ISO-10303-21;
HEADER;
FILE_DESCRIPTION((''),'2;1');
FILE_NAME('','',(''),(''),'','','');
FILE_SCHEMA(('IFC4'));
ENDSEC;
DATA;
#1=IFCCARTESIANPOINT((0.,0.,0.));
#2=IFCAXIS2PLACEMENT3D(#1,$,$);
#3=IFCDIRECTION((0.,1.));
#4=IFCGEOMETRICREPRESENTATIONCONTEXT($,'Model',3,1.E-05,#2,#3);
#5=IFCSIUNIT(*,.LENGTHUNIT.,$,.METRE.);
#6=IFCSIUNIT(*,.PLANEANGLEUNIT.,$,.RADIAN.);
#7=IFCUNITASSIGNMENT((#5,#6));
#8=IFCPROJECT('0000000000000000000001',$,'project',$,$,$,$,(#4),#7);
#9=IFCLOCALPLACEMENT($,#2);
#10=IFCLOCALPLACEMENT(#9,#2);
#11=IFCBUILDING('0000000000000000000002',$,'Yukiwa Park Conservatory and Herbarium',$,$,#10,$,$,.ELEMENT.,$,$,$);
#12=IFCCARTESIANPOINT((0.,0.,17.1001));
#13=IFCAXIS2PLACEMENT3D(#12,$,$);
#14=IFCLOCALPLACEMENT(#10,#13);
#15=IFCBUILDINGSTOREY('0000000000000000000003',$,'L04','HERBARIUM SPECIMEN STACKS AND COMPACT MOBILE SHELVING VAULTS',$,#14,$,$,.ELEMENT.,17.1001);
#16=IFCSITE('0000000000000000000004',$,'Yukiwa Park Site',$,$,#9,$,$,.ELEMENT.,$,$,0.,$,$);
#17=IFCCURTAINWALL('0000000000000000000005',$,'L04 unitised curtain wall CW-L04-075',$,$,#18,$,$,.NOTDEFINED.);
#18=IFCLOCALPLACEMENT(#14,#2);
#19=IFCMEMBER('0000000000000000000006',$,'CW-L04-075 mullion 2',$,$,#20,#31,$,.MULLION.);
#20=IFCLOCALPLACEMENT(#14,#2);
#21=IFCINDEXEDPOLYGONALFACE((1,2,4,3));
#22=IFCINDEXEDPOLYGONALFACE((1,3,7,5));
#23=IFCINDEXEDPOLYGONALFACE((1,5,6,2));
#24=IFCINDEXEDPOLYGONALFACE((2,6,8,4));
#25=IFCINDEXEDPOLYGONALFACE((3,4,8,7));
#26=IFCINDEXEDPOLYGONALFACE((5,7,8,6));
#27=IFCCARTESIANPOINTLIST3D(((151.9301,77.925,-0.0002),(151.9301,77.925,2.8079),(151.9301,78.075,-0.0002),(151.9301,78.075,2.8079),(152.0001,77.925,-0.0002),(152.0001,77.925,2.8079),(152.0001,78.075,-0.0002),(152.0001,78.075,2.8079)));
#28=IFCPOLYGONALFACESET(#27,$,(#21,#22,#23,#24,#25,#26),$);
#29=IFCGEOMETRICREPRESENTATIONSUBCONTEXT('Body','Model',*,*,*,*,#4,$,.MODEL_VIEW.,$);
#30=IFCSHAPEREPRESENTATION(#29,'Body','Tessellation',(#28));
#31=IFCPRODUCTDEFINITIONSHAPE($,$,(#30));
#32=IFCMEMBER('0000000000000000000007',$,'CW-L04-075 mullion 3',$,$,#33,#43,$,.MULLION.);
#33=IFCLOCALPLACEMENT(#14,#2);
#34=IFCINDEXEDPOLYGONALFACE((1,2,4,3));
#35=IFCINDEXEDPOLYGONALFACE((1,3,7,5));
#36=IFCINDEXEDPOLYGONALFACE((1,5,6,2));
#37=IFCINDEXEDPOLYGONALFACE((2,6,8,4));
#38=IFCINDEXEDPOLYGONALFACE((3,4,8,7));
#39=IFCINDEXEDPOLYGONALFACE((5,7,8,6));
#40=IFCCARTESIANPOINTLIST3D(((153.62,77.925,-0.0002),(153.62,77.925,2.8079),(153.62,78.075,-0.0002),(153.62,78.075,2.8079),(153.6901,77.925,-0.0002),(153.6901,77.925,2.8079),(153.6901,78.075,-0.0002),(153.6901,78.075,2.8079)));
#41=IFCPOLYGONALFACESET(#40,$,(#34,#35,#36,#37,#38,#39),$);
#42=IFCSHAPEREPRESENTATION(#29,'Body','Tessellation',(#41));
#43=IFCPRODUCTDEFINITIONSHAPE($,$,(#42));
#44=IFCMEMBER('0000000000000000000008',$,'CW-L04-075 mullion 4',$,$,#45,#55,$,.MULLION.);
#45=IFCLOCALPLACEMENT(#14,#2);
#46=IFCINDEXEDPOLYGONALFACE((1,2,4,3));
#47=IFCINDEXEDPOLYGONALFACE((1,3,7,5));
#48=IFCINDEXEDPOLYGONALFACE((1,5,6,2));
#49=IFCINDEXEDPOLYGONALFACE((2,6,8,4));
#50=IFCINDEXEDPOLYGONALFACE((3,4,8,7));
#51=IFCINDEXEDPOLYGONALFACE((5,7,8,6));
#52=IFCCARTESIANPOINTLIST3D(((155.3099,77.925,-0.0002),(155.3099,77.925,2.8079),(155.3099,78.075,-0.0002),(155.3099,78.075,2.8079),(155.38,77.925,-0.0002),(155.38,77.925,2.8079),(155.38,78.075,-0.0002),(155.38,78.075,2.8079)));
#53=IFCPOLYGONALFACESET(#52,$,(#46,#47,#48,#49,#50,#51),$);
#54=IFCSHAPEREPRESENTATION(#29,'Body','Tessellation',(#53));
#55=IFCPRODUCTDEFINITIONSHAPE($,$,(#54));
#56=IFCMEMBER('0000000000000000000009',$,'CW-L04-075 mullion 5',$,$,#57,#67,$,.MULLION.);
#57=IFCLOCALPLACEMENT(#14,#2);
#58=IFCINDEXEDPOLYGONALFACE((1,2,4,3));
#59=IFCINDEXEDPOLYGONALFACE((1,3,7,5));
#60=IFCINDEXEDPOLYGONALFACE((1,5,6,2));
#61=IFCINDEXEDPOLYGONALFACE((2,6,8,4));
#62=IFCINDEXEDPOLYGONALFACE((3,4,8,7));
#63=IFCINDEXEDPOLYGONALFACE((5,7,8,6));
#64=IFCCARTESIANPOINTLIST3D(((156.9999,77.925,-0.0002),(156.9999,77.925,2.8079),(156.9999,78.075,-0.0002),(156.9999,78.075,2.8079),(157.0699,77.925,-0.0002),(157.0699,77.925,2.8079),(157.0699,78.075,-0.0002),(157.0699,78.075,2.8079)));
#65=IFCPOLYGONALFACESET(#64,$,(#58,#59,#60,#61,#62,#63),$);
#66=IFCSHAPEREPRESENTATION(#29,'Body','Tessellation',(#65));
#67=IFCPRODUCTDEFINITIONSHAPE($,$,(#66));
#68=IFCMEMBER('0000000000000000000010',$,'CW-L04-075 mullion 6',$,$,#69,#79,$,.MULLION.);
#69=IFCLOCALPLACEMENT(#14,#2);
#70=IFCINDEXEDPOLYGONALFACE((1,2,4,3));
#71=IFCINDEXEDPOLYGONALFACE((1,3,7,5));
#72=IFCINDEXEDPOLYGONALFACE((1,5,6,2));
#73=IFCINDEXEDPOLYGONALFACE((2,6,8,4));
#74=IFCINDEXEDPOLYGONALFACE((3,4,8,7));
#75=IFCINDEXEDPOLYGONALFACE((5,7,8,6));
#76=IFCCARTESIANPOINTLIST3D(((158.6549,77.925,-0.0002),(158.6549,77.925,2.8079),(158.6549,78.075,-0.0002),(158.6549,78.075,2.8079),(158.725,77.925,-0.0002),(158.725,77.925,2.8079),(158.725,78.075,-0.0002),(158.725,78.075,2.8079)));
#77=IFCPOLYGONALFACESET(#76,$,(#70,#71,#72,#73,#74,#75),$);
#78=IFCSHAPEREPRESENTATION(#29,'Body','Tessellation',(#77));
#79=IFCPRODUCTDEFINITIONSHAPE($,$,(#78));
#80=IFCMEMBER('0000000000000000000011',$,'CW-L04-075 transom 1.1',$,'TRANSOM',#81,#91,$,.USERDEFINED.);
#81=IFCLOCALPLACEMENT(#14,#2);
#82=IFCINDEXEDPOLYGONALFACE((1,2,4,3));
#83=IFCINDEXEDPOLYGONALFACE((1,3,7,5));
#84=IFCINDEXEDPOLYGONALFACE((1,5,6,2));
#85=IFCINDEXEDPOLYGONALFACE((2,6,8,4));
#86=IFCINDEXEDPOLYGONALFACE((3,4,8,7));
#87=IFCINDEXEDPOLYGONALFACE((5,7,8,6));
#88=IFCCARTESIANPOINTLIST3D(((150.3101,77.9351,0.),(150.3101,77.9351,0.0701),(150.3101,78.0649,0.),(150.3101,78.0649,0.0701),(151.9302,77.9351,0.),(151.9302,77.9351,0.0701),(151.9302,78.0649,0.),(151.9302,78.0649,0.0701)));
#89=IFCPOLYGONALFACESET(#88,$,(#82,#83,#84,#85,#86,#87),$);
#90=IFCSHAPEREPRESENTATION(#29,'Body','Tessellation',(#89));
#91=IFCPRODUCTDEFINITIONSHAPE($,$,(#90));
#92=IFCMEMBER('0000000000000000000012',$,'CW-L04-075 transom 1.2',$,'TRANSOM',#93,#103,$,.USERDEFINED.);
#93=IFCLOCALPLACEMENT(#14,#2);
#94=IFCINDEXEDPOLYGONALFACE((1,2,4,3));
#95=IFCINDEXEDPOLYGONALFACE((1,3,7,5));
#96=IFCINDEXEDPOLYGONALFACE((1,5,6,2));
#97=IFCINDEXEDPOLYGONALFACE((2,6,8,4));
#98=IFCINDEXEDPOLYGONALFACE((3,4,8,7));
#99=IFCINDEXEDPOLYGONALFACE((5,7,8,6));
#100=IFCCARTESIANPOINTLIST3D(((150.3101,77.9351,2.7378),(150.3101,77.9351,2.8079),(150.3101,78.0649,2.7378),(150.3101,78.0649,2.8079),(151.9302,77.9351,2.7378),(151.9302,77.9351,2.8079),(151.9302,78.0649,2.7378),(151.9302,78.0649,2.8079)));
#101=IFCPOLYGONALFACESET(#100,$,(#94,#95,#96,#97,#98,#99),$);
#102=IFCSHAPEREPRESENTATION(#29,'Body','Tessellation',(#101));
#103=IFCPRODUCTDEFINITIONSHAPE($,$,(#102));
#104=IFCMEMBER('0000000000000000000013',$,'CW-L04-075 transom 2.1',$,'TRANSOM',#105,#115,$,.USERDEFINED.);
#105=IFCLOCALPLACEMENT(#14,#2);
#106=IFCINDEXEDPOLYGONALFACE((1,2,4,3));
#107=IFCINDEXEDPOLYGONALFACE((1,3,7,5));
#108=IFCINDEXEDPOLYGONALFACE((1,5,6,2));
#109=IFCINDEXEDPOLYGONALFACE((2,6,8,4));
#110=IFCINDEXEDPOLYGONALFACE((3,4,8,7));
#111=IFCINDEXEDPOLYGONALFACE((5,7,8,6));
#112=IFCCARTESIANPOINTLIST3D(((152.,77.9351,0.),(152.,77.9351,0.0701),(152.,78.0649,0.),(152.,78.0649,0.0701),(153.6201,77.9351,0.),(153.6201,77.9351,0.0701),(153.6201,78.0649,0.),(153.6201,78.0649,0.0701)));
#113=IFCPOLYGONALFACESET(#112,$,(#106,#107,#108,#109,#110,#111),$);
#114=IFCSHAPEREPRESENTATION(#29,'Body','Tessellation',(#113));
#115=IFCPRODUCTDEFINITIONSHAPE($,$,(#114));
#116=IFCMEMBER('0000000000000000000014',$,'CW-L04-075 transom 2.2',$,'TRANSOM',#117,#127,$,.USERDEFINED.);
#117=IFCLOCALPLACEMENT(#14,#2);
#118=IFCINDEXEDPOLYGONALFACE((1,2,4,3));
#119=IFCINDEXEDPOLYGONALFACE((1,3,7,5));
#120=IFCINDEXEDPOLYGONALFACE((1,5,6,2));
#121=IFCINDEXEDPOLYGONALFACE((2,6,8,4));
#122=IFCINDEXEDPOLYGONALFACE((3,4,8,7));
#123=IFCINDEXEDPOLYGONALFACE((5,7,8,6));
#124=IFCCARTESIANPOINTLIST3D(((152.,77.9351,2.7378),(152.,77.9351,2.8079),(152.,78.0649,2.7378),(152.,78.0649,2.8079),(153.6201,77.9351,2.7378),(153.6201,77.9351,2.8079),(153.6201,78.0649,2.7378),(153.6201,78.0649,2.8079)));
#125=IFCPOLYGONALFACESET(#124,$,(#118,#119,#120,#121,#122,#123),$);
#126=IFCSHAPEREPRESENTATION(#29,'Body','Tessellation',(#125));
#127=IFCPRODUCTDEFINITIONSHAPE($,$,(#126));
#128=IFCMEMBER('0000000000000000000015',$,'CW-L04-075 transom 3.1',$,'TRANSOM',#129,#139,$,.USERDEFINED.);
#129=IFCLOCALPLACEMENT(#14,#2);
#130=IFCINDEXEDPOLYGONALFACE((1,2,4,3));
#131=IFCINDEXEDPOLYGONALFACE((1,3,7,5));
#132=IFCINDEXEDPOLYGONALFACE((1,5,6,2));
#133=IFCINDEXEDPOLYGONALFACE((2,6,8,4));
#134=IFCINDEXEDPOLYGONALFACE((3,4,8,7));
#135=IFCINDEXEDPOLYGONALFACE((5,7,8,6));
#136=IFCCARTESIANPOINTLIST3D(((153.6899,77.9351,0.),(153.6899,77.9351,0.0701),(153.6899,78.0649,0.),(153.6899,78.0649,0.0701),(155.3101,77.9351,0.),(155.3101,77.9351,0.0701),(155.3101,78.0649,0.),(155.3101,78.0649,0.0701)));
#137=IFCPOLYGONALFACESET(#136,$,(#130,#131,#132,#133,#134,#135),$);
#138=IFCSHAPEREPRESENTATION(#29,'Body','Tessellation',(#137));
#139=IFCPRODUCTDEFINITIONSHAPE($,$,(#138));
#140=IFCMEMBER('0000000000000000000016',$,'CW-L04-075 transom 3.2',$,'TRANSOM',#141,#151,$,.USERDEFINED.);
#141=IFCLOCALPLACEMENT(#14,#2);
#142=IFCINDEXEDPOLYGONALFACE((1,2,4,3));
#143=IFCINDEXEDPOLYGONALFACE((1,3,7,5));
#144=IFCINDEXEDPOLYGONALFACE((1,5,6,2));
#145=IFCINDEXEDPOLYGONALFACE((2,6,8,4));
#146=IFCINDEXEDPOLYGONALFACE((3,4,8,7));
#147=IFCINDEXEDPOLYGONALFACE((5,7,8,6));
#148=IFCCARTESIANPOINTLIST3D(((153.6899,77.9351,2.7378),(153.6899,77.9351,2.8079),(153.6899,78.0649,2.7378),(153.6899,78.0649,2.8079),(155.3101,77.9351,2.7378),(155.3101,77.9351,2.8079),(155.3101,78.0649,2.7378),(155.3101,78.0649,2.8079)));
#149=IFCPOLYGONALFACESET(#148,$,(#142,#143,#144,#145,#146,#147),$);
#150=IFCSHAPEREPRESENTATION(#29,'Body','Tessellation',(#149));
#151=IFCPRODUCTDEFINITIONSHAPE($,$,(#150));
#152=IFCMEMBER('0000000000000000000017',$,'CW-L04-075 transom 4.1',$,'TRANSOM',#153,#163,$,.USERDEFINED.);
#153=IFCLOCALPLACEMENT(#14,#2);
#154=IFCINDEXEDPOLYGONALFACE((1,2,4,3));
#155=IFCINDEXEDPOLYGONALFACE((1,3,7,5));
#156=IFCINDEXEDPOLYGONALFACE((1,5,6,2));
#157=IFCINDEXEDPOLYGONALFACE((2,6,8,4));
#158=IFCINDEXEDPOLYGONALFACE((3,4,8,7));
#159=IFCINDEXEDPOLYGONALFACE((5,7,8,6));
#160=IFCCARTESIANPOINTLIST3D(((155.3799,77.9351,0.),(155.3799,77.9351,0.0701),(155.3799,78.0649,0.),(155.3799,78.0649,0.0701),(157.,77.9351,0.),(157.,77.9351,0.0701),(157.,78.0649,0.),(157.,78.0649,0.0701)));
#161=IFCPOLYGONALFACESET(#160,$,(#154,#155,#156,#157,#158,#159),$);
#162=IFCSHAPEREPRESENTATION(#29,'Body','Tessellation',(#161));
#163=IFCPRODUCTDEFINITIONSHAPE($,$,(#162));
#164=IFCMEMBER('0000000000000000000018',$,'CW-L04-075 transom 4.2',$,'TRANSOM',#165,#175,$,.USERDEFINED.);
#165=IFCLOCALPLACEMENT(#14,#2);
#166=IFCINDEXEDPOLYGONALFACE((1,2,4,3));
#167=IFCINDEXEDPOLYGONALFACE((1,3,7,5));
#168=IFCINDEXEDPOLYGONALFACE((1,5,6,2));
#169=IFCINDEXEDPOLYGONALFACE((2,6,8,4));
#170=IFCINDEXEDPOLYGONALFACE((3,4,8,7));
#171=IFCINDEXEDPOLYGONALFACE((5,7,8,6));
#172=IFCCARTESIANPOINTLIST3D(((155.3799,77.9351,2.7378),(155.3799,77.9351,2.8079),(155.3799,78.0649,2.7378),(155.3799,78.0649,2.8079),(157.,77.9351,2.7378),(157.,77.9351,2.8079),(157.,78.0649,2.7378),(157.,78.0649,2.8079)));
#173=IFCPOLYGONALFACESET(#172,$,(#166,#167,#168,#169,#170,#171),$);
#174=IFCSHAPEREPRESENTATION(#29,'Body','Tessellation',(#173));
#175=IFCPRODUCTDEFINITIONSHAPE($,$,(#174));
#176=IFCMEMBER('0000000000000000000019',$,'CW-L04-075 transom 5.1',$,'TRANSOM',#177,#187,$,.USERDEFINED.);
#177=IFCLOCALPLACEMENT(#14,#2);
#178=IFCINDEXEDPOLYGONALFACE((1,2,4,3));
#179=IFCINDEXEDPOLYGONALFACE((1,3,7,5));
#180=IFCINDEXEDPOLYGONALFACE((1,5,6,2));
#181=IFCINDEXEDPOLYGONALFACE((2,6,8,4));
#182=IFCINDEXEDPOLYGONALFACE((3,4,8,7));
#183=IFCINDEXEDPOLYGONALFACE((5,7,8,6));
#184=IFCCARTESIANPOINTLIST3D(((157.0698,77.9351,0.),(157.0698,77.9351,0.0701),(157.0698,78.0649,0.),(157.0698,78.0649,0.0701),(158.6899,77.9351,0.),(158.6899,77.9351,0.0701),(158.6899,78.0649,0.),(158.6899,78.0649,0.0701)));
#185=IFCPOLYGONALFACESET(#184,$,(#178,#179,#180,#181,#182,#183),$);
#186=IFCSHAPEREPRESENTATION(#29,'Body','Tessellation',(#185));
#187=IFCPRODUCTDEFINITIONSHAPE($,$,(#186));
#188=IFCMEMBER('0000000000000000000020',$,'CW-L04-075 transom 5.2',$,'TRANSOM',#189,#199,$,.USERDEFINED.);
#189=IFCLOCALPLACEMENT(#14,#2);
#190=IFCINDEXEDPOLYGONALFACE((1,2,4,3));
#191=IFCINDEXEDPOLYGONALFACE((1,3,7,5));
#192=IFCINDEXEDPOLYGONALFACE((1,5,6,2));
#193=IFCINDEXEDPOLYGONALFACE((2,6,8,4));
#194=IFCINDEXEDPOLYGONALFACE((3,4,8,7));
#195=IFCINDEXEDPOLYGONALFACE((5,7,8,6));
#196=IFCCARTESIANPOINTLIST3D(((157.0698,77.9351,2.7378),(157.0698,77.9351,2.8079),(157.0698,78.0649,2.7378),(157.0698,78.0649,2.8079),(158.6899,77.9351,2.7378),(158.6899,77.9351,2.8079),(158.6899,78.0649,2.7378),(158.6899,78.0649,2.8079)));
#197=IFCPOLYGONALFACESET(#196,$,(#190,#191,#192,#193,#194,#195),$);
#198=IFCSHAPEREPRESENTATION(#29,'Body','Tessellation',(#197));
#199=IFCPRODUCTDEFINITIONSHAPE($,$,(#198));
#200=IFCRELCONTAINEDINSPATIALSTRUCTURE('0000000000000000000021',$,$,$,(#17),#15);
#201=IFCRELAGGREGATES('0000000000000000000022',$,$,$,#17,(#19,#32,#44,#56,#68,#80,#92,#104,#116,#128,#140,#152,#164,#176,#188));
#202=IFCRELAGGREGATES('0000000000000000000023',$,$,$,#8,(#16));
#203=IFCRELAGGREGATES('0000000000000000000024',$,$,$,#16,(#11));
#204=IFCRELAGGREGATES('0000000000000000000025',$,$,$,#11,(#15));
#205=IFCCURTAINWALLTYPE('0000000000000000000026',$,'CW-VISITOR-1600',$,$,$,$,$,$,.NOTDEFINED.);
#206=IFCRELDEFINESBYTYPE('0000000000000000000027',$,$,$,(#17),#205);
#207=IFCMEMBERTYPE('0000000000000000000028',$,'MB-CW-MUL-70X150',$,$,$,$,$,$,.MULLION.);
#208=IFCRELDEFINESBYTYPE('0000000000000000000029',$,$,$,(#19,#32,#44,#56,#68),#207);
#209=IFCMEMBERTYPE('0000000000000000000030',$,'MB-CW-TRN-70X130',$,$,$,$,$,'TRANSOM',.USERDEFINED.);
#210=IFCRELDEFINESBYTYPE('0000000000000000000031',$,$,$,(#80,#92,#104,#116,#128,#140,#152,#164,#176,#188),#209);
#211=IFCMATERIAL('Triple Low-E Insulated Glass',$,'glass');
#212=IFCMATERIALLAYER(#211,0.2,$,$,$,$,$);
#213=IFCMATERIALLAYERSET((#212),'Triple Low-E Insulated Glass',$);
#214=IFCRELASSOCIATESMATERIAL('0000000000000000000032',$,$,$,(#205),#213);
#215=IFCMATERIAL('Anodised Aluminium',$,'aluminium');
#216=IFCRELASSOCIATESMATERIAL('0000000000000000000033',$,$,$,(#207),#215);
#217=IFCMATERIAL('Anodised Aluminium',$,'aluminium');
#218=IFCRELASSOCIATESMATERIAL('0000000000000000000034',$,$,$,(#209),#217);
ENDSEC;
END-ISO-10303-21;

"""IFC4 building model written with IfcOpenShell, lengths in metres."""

from ifc_helpers import new_model, si_unit, direction, frame, origin, origin_2d, place, context, subcontext, project, spatial, rectangle, extrude, material, layer, layer_set, type_object, element, aggregate, save


model = new_model("IFC4")

# Units and contexts
model_context = context("Model", 3, precision=1e-05, world=origin(), true_north=direction((0.0, 1.0)))
body_context = subcontext(model_context, "Body", "Model", "MODEL_VIEW")
ifc_project = project(units=[si_unit("LENGTHUNIT", "METRE"), si_unit("PLANEANGLEUNIT", "RADIAN")], contexts=[model_context])

# Site, building, storey
site_placement = place(None, origin())
site = spatial("IfcSite", under=ifc_project, at=site_placement, Name="Yukiwa Park Site", CompositionType="ELEMENT", RefElevation=0.0)
building_placement = place(site_placement, origin())
building = spatial("IfcBuilding", under=site, at=building_placement, Name="Yukiwa Park Conservatory and Herbarium", CompositionType="ELEMENT")
storey_placement = place(building_placement, frame((0.0, 0.0, 17.1001)))
storey = spatial("IfcBuildingStorey", under=building, at=storey_placement, Name="L04", Description="HERBARIUM SPECIMEN STACKS AND COMPACT MOBILE SHELVING VAULTS", CompositionType="ELEMENT", Elevation=17.1001)

# Curtain wall, members
ifc_material_1 = material(Name="Triple Low-E Insulated Glass", Category="glass")
ifc_layer_1 = layer(ifc_material_1, 0.2)
ifc_layer_set_1 = layer_set([ifc_layer_1], Name="Triple Low-E Insulated Glass")
curtain_wall_type = type_object("IfcCurtainWallType", Name="CW-VISITOR-1600", PredefinedType="NOTDEFINED", material=ifc_layer_set_1)
curtain_wall_placement = place(storey_placement, origin())
curtain_wall = element("IfcCurtainWall", 1, at=curtain_wall_placement, inside=storey, type_object=curtain_wall_type, Name="L04 unitised curtain wall CW-L04-075", PredefinedType="NOTDEFINED")
ifc_material_2 = material(Name="Anodised Aluminium", Category="aluminium")
member_type_1 = type_object("IfcMemberType", Name="MB-CW-MUL-70X150", PredefinedType="MULLION", material=ifc_material_2)
member_1_placement = place(storey_placement, frame((151.9651, 78.0, -0.0002), z_axis=(0.0, 0.0, 1.0), x_axis=(1.0, 0.0, 0.0)))
member_1 = element("IfcMember", 2, at=member_1_placement, type_object=member_type_1, Name="CW-L04-075 mullion 2", PredefinedType="MULLION", context=body_context, shape_type="SweptSolid", body=[
    extrude(rectangle(XDim=0.0701, YDim=0.1499, at=origin_2d()), origin(), (0.0, 0.0, 1.0), 2.8081),
])
member_2_placement = place(storey_placement, frame((153.655, 78.0, -0.0002), z_axis=(0.0, 0.0, 1.0), x_axis=(1.0, 0.0, 0.0)))
member_2 = element("IfcMember", 3, at=member_2_placement, type_object=member_type_1, Name="CW-L04-075 mullion 3", PredefinedType="MULLION", context=body_context, shape_type="SweptSolid", body=[
    extrude(rectangle(XDim=0.0701, YDim=0.1499, at=origin_2d()), origin(), (0.0, 0.0, 1.0), 2.8081),
])
member_3_placement = place(storey_placement, frame((155.345, 78.0, -0.0002), z_axis=(0.0, 0.0, 1.0), x_axis=(1.0, 0.0, 0.0)))
member_3 = element("IfcMember", 4, at=member_3_placement, type_object=member_type_1, Name="CW-L04-075 mullion 4", PredefinedType="MULLION", context=body_context, shape_type="SweptSolid", body=[
    extrude(rectangle(XDim=0.0701, YDim=0.1499, at=origin_2d()), origin(), (0.0, 0.0, 1.0), 2.8081),
])
member_4_placement = place(storey_placement, frame((157.0349, 78.0, -0.0002), z_axis=(0.0, 0.0, 1.0), x_axis=(1.0, 0.0, 0.0)))
member_4 = element("IfcMember", 5, at=member_4_placement, type_object=member_type_1, Name="CW-L04-075 mullion 5", PredefinedType="MULLION", context=body_context, shape_type="SweptSolid", body=[
    extrude(rectangle(XDim=0.0701, YDim=0.1499, at=origin_2d()), origin(), (0.0, 0.0, 1.0), 2.8081),
])
member_5_placement = place(storey_placement, frame((158.6899, 78.0, -0.0002), z_axis=(0.0, 0.0, 1.0), x_axis=(1.0, 0.0, 0.0)))
member_5 = element("IfcMember", 6, at=member_5_placement, type_object=member_type_1, Name="CW-L04-075 mullion 6", PredefinedType="MULLION", context=body_context, shape_type="SweptSolid", body=[
    extrude(rectangle(XDim=0.0701, YDim=0.1499, at=origin_2d()), origin(), (0.0, 0.0, 1.0), 2.8081),
])
ifc_material_3 = material(Name="Anodised Aluminium", Category="aluminium")
member_type_2 = type_object("IfcMemberType", Name="MB-CW-TRN-70X130", ElementType="TRANSOM", PredefinedType="USERDEFINED", material=ifc_material_3)
member_6_placement = place(storey_placement, frame((151.1201, 78.0, 0.0), z_axis=(0.0, 0.0, 1.0), x_axis=(1.0, 0.0, 0.0)))
member_6 = element("IfcMember", 7, at=member_6_placement, type_object=member_type_2, Name="CW-L04-075 transom 1.1", ObjectType="TRANSOM", PredefinedType="USERDEFINED", context=body_context, shape_type="SweptSolid", body=[
    extrude(rectangle(XDim=1.6201, YDim=0.1299, at=origin_2d()), origin(), (0.0, 0.0, 1.0), 0.0701),
])
member_7_placement = place(storey_placement, frame((151.1201, 78.0, 2.7378), z_axis=(0.0, 0.0, 1.0), x_axis=(1.0, 0.0, 0.0)))
member_7 = element("IfcMember", 8, at=member_7_placement, type_object=member_type_2, Name="CW-L04-075 transom 1.2", ObjectType="TRANSOM", PredefinedType="USERDEFINED", context=body_context, shape_type="SweptSolid", body=[
    extrude(rectangle(XDim=1.6201, YDim=0.1299, at=origin_2d()), origin(), (0.0, 0.0, 1.0), 0.0701),
])
member_8_placement = place(storey_placement, frame((152.8101, 78.0, 0.0), z_axis=(0.0, 0.0, 1.0), x_axis=(1.0, 0.0, 0.0)))
member_8 = element("IfcMember", 9, at=member_8_placement, type_object=member_type_2, Name="CW-L04-075 transom 2.1", ObjectType="TRANSOM", PredefinedType="USERDEFINED", context=body_context, shape_type="SweptSolid", body=[
    extrude(rectangle(XDim=1.6201, YDim=0.1299, at=origin_2d()), origin(), (0.0, 0.0, 1.0), 0.0701),
])
member_9_placement = place(storey_placement, frame((152.8101, 78.0, 2.7378), z_axis=(0.0, 0.0, 1.0), x_axis=(1.0, 0.0, 0.0)))
member_9 = element("IfcMember", 10, at=member_9_placement, type_object=member_type_2, Name="CW-L04-075 transom 2.2", ObjectType="TRANSOM", PredefinedType="USERDEFINED", context=body_context, shape_type="SweptSolid", body=[
    extrude(rectangle(XDim=1.6201, YDim=0.1299, at=origin_2d()), origin(), (0.0, 0.0, 1.0), 0.0701),
])
member_10_placement = place(storey_placement, frame((154.5, 78.0, 0.0), z_axis=(0.0, 0.0, 1.0), x_axis=(1.0, 0.0, 0.0)))
member_10 = element("IfcMember", 11, at=member_10_placement, type_object=member_type_2, Name="CW-L04-075 transom 3.1", ObjectType="TRANSOM", PredefinedType="USERDEFINED", context=body_context, shape_type="SweptSolid", body=[
    extrude(rectangle(XDim=1.6201, YDim=0.1299, at=origin_2d()), origin(), (0.0, 0.0, 1.0), 0.0701),
])
member_11_placement = place(storey_placement, frame((154.5, 78.0, 2.7378), z_axis=(0.0, 0.0, 1.0), x_axis=(1.0, 0.0, 0.0)))
member_11 = element("IfcMember", 12, at=member_11_placement, type_object=member_type_2, Name="CW-L04-075 transom 3.2", ObjectType="TRANSOM", PredefinedType="USERDEFINED", context=body_context, shape_type="SweptSolid", body=[
    extrude(rectangle(XDim=1.6201, YDim=0.1299, at=origin_2d()), origin(), (0.0, 0.0, 1.0), 0.0701),
])
member_12_placement = place(storey_placement, frame((156.1899, 78.0, 0.0), z_axis=(0.0, 0.0, 1.0), x_axis=(1.0, 0.0, 0.0)))
member_12 = element("IfcMember", 13, at=member_12_placement, type_object=member_type_2, Name="CW-L04-075 transom 4.1", ObjectType="TRANSOM", PredefinedType="USERDEFINED", context=body_context, shape_type="SweptSolid", body=[
    extrude(rectangle(XDim=1.6201, YDim=0.1299, at=origin_2d()), origin(), (0.0, 0.0, 1.0), 0.0701),
])
member_13_placement = place(storey_placement, frame((156.1899, 78.0, 2.7378), z_axis=(0.0, 0.0, 1.0), x_axis=(1.0, 0.0, 0.0)))
member_13 = element("IfcMember", 14, at=member_13_placement, type_object=member_type_2, Name="CW-L04-075 transom 4.2", ObjectType="TRANSOM", PredefinedType="USERDEFINED", context=body_context, shape_type="SweptSolid", body=[
    extrude(rectangle(XDim=1.6201, YDim=0.1299, at=origin_2d()), origin(), (0.0, 0.0, 1.0), 0.0701),
])
member_14_placement = place(storey_placement, frame((157.8799, 78.0, 0.0), z_axis=(0.0, 0.0, 1.0), x_axis=(1.0, 0.0, 0.0)))
member_14 = element("IfcMember", 15, at=member_14_placement, type_object=member_type_2, Name="CW-L04-075 transom 5.1", ObjectType="TRANSOM", PredefinedType="USERDEFINED", context=body_context, shape_type="SweptSolid", body=[
    extrude(rectangle(XDim=1.6201, YDim=0.1299, at=origin_2d()), origin(), (0.0, 0.0, 1.0), 0.0701),
])
member_15_placement = place(storey_placement, frame((157.8799, 78.0, 2.7378), z_axis=(0.0, 0.0, 1.0), x_axis=(1.0, 0.0, 0.0)))
member_15 = element("IfcMember", 16, at=member_15_placement, type_object=member_type_2, Name="CW-L04-075 transom 5.2", ObjectType="TRANSOM", PredefinedType="USERDEFINED", context=body_context, shape_type="SweptSolid", body=[
    extrude(rectangle(XDim=1.6201, YDim=0.1299, at=origin_2d()), origin(), (0.0, 0.0, 1.0), 0.0701),
])
aggregate(curtain_wall, [member_1, member_2, member_3, member_4, member_5, member_6, member_7, member_8, member_9, member_10, member_11, member_12, member_13, member_14, member_15])

save(model, "model.ifc")
